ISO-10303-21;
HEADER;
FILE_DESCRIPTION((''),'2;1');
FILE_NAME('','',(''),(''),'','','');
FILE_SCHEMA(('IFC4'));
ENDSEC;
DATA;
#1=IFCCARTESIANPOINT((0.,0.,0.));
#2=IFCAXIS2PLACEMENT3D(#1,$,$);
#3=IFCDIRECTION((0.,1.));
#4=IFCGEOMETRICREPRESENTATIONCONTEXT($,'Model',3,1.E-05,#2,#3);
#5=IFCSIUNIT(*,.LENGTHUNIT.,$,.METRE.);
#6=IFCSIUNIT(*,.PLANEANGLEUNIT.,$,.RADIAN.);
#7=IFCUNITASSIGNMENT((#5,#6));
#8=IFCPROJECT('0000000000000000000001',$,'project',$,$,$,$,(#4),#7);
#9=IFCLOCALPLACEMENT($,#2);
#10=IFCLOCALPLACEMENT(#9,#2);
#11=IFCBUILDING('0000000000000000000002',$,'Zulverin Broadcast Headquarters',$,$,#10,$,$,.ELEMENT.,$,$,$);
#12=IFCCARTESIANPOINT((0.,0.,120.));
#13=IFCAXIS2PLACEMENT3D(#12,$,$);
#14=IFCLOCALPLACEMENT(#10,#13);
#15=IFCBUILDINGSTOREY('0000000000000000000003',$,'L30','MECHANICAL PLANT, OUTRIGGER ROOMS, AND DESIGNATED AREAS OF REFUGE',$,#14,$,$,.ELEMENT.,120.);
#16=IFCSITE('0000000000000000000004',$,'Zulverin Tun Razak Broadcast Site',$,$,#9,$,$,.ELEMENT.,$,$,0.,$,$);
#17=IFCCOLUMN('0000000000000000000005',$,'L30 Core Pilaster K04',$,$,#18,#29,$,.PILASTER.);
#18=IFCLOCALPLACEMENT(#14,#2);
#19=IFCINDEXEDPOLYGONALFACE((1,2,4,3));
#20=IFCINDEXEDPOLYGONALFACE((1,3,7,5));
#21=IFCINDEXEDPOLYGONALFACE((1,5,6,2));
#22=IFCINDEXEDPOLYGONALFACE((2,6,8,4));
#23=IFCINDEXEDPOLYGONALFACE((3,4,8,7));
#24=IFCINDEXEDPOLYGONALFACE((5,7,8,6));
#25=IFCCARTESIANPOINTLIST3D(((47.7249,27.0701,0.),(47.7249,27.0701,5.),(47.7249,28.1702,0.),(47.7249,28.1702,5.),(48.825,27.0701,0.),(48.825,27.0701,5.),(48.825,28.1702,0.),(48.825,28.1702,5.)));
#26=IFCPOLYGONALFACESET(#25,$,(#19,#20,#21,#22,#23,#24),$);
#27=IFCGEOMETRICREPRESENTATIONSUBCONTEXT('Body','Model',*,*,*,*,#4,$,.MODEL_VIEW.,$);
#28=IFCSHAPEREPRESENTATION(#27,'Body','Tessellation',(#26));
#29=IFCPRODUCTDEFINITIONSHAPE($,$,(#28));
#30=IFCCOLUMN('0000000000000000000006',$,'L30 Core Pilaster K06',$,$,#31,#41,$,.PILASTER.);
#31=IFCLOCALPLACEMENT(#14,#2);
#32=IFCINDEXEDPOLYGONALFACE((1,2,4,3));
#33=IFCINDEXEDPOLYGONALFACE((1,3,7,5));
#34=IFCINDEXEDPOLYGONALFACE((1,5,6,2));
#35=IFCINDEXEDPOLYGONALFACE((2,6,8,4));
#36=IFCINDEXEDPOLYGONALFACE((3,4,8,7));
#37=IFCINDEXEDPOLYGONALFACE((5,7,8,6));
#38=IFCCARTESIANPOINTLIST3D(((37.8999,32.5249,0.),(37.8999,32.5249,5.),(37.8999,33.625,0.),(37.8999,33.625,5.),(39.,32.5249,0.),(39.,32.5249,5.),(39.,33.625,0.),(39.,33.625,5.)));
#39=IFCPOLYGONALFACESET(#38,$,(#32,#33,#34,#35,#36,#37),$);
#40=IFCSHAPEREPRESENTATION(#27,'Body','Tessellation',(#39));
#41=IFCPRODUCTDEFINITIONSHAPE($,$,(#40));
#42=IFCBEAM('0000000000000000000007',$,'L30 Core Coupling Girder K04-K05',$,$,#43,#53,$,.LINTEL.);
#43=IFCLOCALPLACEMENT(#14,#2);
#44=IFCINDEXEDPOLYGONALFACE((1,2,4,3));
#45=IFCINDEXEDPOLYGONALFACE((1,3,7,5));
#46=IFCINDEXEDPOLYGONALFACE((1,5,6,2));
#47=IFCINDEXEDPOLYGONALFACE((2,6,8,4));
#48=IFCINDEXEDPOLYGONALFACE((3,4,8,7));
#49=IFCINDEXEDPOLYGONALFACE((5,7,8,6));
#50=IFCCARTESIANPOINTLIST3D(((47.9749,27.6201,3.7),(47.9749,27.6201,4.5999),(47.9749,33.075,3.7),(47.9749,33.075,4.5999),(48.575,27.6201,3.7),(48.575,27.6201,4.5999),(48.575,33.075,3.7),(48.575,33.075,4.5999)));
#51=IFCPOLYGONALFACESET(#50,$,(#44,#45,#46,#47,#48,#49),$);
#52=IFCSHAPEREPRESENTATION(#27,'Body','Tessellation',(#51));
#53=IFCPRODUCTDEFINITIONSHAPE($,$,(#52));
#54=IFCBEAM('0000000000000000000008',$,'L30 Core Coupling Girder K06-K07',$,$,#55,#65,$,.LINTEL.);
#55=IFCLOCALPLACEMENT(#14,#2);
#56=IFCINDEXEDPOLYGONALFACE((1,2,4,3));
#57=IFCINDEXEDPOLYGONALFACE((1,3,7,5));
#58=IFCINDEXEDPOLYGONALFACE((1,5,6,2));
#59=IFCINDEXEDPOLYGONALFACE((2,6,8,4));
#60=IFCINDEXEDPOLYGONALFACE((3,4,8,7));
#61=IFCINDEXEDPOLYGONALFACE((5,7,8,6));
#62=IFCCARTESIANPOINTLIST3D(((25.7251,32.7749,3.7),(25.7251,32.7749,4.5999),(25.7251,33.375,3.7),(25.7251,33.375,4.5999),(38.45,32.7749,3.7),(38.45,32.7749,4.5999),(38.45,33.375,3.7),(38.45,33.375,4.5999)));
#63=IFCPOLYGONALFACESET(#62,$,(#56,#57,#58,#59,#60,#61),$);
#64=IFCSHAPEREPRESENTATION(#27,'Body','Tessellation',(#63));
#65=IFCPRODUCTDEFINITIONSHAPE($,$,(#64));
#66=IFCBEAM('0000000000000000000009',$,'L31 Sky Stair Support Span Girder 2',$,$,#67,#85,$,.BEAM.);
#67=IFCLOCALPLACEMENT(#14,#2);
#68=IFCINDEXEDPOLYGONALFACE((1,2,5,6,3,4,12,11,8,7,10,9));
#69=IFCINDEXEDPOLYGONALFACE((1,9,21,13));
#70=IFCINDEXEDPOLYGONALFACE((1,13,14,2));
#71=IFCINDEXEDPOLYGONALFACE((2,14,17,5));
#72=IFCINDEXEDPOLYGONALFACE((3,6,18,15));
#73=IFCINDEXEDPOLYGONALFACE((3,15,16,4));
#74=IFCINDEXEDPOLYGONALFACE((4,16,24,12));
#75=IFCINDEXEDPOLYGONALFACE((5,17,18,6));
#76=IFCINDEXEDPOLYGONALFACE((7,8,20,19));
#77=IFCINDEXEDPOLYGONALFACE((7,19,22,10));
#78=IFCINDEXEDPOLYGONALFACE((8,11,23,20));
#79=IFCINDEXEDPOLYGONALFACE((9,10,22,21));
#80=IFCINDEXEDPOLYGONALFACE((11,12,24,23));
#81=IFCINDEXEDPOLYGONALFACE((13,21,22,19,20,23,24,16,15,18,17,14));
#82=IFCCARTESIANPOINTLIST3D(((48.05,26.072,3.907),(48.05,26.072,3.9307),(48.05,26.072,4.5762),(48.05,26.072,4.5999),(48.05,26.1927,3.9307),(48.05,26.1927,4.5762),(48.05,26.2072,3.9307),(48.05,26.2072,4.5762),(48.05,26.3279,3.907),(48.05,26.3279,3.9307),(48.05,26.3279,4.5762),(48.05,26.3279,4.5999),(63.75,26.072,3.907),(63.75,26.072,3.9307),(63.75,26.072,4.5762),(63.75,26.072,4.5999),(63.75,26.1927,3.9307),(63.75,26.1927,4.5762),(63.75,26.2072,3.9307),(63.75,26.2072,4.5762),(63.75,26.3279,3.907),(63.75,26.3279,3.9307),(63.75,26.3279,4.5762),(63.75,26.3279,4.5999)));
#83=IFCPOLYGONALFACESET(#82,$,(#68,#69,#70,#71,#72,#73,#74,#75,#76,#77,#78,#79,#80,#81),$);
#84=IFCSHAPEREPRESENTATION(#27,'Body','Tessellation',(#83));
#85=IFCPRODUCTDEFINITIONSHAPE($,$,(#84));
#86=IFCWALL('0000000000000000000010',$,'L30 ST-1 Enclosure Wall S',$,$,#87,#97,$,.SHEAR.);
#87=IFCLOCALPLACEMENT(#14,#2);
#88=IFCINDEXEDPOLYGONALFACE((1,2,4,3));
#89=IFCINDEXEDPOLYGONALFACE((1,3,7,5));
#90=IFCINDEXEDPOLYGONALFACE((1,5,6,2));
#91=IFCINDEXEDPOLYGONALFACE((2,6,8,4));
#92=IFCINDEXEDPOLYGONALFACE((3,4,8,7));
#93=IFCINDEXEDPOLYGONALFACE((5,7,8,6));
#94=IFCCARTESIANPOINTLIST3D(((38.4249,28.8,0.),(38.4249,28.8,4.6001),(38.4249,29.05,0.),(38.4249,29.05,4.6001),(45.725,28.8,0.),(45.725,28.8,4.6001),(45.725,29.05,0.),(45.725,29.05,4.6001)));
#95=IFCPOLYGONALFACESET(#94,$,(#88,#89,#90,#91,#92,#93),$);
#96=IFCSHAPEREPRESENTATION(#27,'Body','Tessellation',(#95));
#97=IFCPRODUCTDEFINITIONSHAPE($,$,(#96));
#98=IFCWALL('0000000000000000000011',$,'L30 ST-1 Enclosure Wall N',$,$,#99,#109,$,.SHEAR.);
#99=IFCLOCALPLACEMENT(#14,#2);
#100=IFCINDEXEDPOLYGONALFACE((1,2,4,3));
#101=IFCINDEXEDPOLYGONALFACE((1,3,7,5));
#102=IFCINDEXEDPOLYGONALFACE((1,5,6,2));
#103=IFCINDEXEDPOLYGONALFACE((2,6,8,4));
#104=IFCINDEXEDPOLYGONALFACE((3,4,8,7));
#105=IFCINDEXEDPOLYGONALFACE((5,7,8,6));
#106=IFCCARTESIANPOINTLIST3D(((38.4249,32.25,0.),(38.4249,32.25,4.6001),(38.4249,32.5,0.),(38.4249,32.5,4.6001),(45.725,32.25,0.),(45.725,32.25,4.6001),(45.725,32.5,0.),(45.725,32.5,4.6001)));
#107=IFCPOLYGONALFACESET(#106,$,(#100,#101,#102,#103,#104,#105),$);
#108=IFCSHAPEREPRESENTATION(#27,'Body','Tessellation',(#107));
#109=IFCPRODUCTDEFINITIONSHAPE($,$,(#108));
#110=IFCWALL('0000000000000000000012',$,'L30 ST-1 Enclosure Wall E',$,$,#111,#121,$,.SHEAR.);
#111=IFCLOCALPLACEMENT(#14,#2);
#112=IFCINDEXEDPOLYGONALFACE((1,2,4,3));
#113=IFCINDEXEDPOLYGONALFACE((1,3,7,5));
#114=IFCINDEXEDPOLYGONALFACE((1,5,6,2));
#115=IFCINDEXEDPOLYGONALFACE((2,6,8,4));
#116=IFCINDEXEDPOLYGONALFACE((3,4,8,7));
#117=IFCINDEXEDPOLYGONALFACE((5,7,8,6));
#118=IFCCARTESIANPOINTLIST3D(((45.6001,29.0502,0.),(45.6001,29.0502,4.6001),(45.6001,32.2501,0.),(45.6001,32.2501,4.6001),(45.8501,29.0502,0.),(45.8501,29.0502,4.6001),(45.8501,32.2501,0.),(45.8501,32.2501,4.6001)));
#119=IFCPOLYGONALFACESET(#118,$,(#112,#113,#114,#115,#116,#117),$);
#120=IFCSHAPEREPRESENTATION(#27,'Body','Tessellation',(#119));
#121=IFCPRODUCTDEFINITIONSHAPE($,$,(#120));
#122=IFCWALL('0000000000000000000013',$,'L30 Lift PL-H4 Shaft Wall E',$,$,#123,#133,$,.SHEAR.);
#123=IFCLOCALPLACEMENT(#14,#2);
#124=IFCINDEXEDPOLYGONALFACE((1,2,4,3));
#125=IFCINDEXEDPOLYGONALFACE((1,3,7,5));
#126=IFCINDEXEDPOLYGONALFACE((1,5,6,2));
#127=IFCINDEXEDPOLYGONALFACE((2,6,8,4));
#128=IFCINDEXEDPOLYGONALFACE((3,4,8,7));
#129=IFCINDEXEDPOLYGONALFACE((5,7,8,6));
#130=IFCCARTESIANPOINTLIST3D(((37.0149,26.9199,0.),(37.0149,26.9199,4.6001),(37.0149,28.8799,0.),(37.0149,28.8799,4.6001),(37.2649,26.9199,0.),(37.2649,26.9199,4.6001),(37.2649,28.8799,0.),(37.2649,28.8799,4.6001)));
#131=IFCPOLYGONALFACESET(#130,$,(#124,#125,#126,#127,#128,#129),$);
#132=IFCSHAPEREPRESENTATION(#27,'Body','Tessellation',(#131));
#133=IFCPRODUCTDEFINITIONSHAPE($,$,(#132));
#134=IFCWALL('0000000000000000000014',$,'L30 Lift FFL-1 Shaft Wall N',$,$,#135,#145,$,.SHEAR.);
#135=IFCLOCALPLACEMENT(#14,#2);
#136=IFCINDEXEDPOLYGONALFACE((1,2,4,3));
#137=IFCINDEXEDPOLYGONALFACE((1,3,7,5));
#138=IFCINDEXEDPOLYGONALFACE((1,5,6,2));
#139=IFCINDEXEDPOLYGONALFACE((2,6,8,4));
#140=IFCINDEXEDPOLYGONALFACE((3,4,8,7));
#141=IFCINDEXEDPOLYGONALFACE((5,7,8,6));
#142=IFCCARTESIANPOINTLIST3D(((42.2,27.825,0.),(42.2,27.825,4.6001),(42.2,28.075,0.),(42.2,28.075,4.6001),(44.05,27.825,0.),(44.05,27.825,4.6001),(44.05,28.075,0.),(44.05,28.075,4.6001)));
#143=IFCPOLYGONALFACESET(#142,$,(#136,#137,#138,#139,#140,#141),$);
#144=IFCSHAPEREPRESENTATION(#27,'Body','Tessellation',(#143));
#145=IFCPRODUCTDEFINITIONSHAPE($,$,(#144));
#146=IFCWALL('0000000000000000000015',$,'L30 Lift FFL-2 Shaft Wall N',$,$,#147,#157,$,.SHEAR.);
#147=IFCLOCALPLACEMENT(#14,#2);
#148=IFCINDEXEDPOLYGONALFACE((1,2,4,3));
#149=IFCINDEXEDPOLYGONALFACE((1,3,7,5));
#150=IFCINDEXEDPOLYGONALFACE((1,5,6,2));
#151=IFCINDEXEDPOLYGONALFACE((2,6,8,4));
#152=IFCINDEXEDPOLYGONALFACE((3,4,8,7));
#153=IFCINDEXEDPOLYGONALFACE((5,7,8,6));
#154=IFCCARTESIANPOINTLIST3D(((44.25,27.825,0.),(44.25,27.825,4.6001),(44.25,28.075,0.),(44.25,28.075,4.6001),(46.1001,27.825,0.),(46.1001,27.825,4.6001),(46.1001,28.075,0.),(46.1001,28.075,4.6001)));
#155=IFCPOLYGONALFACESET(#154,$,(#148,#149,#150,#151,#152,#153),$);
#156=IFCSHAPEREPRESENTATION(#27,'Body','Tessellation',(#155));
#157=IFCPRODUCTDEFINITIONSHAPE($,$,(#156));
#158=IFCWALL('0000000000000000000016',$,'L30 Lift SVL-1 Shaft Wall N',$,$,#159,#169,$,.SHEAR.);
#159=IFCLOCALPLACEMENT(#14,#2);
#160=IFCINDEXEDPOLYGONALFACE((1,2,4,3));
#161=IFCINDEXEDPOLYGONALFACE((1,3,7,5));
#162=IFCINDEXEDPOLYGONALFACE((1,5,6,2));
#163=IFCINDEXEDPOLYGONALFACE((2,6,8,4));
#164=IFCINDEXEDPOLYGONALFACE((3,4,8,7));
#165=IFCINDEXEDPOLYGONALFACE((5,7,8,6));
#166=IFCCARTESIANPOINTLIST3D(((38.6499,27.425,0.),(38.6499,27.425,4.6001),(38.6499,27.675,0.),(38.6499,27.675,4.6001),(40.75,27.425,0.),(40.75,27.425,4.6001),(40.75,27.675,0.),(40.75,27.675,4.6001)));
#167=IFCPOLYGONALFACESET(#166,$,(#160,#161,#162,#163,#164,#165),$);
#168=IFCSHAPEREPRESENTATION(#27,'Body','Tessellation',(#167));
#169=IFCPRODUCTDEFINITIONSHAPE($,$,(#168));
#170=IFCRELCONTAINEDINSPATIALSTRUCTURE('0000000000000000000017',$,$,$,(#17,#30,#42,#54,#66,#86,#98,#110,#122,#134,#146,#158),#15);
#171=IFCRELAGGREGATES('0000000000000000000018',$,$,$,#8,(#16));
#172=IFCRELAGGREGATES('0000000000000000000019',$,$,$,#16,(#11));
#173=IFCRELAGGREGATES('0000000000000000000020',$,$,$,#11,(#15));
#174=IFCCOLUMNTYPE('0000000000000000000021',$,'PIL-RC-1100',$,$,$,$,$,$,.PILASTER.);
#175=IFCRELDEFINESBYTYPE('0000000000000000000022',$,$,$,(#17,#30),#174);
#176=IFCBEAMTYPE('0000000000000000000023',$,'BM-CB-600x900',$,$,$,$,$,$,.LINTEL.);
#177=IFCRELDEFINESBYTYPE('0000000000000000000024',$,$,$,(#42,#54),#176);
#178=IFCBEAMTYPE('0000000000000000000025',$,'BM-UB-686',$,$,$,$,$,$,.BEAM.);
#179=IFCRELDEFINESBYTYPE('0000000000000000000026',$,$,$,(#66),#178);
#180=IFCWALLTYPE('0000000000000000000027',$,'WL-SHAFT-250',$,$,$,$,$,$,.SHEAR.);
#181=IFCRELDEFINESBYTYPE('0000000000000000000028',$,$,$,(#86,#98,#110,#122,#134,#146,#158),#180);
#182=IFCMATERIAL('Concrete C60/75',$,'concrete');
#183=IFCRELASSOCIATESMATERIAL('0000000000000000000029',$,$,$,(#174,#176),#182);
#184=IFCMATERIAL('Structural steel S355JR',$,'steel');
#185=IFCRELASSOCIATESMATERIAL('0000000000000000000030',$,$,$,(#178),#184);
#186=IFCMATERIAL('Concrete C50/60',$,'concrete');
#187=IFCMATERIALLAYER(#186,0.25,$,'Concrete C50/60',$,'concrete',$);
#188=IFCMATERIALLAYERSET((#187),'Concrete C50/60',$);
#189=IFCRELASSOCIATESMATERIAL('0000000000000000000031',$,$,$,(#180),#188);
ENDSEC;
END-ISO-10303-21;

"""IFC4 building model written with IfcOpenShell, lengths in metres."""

from ifc_helpers import new_model, si_unit, direction, frame, frame_2d, origin, origin_2d, place, context, subcontext, project, spatial, rectangle, i_section, extrude, material, layer, layer_set, material_profile, profile_set, type_object, element, save


model = new_model("IFC4")

# Units and contexts
model_context = context("Model", 3, precision=1e-05, world=origin(), true_north=direction((0.0, 1.0)))
body_context = subcontext(model_context, "Body", "Model", "MODEL_VIEW")
ifc_project = project(units=[si_unit("LENGTHUNIT", "METRE"), si_unit("PLANEANGLEUNIT", "RADIAN")], contexts=[model_context])

# Site, building, storey
site_placement = place(None, origin())
site = spatial("IfcSite", under=ifc_project, at=site_placement, Name="Zulverin Tun Razak Broadcast Site", CompositionType="ELEMENT", RefElevation=0.0)
building_placement = place(site_placement, origin())
building = spatial("IfcBuilding", under=site, at=building_placement, Name="Zulverin Broadcast Headquarters", CompositionType="ELEMENT")
storey_placement = place(building_placement, frame((0.0, 0.0, 120.0)))
storey = spatial("IfcBuildingStorey", under=building, at=storey_placement, Name="L30", Description="MECHANICAL PLANT, OUTRIGGER ROOMS, AND DESIGNATED AREAS OF REFUGE", CompositionType="ELEMENT", Elevation=120.0)

# Columns
ifc_material_1 = material(Name="Concrete C60/75", Category="concrete")
ifc_material_profile_1 = material_profile(ifc_material_1, rectangle(XDim=1.1001, YDim=1.1001, at=origin_2d()), Name="Concrete C60/75", Category="concrete")
ifc_profile_set_1 = profile_set([ifc_material_profile_1], Name="Concrete C60/75")
column_type = type_object("IfcColumnType", Name="PIL-RC-1100", PredefinedType="PILASTER", material=ifc_profile_set_1)
for number, where, z_axis, x_axis, name in (
    (1, (48.2749, 27.6201, 0.0), (0.0, 0.0, 1.0), (1.0, 0.0, 0.0), "L30 Core Pilaster K04"),
    (2, (38.45, 33.075, 0.0), (0.0, 0.0, 1.0), (1.0, 0.0, 0.0), "L30 Core Pilaster K06"),
):
    element("IfcColumn", number, at=place(storey_placement, frame(where, z_axis=z_axis, x_axis=x_axis)), inside=storey, type_object=column_type, Name=name, PredefinedType="PILASTER", context=body_context, shape_type="SweptSolid", body=[
        extrude(rectangle(XDim=1.1001, YDim=1.1001, at=origin_2d()), origin(), (0.0, 0.0, 1.0), 5.0),
    ])

# Beams
ifc_material_profile_2 = material_profile(ifc_material_1, rectangle(XDim=0.6001, YDim=0.8999, at=origin_2d()), Name="Concrete C60/75", Category="concrete")
ifc_profile_set_2 = profile_set([ifc_material_profile_2], Name="Concrete C60/75")
beam_type_1 = type_object("IfcBeamType", Name="BM-CB-600x900", PredefinedType="LINTEL", material=ifc_profile_set_2)
beam_1_placement = place(storey_placement, frame((48.2749, 27.6201, 4.1499), z_axis=(0.0, 1.0, 0.0), x_axis=(-1.0, 0.0, 0.0)))
element("IfcBeam", 3, at=beam_1_placement, inside=storey, type_object=beam_type_1, Name="L30 Core Coupling Girder K04-K05", PredefinedType="LINTEL", context=body_context, shape_type="SweptSolid", body=[
    extrude(rectangle(XDim=0.6001, YDim=0.8999, at=origin_2d()), origin(), (0.0, 0.0, 1.0), 5.4548),
])
beam_2_placement = place(storey_placement, frame((38.45, 33.075, 4.1499), z_axis=(-1.0, 0.0, 0.0), x_axis=(0.0, -1.0, 0.0)))
element("IfcBeam", 4, at=beam_2_placement, inside=storey, type_object=beam_type_1, Name="L30 Core Coupling Girder K06-K07", PredefinedType="LINTEL", context=body_context, shape_type="SweptSolid", body=[
    extrude(rectangle(XDim=0.6001, YDim=0.8999, at=origin_2d()), origin(), (0.0, 0.0, 1.0), 12.7249),
])
ifc_material_2 = material(Name="Structural steel S355JR", Category="steel")
ifc_material_profile_3 = material_profile(ifc_material_2, i_section(OverallWidth=0.2559, OverallDepth=0.6929, WebThickness=0.0144, FlangeThickness=0.0237, at=origin_2d()), Name="Structural steel S355JR", Category="steel")
ifc_profile_set_3 = profile_set([ifc_material_profile_3], Name="Structural steel S355JR")
beam_type_2 = type_object("IfcBeamType", Name="BM-UB-686", PredefinedType="BEAM", material=ifc_profile_set_3)
beam_3_placement = place(storey_placement, frame((48.05, 26.2, 4.2534), z_axis=(1.0, 0.0, 0.0), x_axis=(0.0, 1.0, 0.0)))
element("IfcBeam", 5, at=beam_3_placement, inside=storey, type_object=beam_type_2, Name="L31 Sky Stair Support Span Girder 2", PredefinedType="BEAM", context=body_context, shape_type="SweptSolid", body=[
    extrude(i_section(OverallWidth=0.2559, OverallDepth=0.6929, WebThickness=0.0144, FlangeThickness=0.0237, at=origin_2d()), origin(), (0.0, 0.0, 1.0), 15.7),
])

# Walls
ifc_material_3 = material(Name="Concrete C50/60", Category="concrete")
ifc_layer = layer(ifc_material_3, 0.25, Name="Concrete C50/60", Category="concrete")
ifc_layer_set = layer_set([ifc_layer], Name="Concrete C50/60")
wall_type = type_object("IfcWallType", Name="WL-SHAFT-250", PredefinedType="SHEAR", material=ifc_layer_set)
for number, where, z_axis, x_axis, name in (
    (6, (38.425, 28.925, 0.0), (0.0, 0.0, 1.0), (1.0, 0.0, 0.0), "L30 ST-1 Enclosure Wall S"),
    (7, (38.425, 32.375, 0.0), (0.0, 0.0, 1.0), (1.0, 0.0, 0.0), "L30 ST-1 Enclosure Wall N"),
):
    element("IfcWall", number, at=place(storey_placement, frame(where, z_axis=z_axis, x_axis=x_axis)), inside=storey, type_object=wall_type, Name=name, PredefinedType="SHEAR", context=body_context, shape_type="SweptSolid", body=[
        extrude(rectangle(XDim=7.3, YDim=0.25, at=frame_2d((3.6499, 0.0))), origin(), (0.0, 0.0, 1.0), 4.6001),
    ])

# Walls
wall_1_placement = place(storey_placement, frame((45.7251, 29.05, 0.0), z_axis=(0.0, 0.0, 1.0), x_axis=(0.0, 1.0, 0.0)))
element("IfcWall", 8, at=wall_1_placement, inside=storey, type_object=wall_type, Name="L30 ST-1 Enclosure Wall E", PredefinedType="SHEAR", context=body_context, shape_type="SweptSolid", body=[
    extrude(rectangle(XDim=3.2, YDim=0.25, at=frame_2d((1.6001, 0.0))), origin(), (0.0, 0.0, 1.0), 4.6001),
])
wall_2_placement = place(storey_placement, frame((37.1399, 26.9199, 0.0), z_axis=(0.0, 0.0, 1.0), x_axis=(0.0, 1.0, 0.0)))
element("IfcWall", 9, at=wall_2_placement, inside=storey, type_object=wall_type, Name="L30 Lift PL-H4 Shaft Wall E", PredefinedType="SHEAR", context=body_context, shape_type="SweptSolid", body=[
    extrude(rectangle(XDim=1.96, YDim=0.25, at=frame_2d((0.98, 0.0))), origin(), (0.0, 0.0, 1.0), 4.6001),
])
for number, where, z_axis, x_axis, name in (
    (10, (42.2, 27.95, 0.0), (0.0, 0.0, 1.0), (1.0, 0.0, 0.0), "L30 Lift FFL-1 Shaft Wall N"),
    (11, (44.25, 27.95, 0.0), (0.0, 0.0, 1.0), (1.0, 0.0, 0.0), "L30 Lift FFL-2 Shaft Wall N"),
):
    element("IfcWall", number, at=place(storey_placement, frame(where, z_axis=z_axis, x_axis=x_axis)), inside=storey, type_object=wall_type, Name=name, PredefinedType="SHEAR", context=body_context, shape_type="SweptSolid", body=[
        extrude(rectangle(XDim=1.8501, YDim=0.25, at=frame_2d((0.925, 0.0))), origin(), (0.0, 0.0, 1.0), 4.6001),
    ])
wall_3_placement = place(storey_placement, frame((38.6499, 27.55, 0.0), z_axis=(0.0, 0.0, 1.0), x_axis=(1.0, 0.0, 0.0)))
element("IfcWall", 12, at=wall_3_placement, inside=storey, type_object=wall_type, Name="L30 Lift SVL-1 Shaft Wall N", PredefinedType="SHEAR", context=body_context, shape_type="SweptSolid", body=[
    extrude(rectangle(XDim=2.1001, YDim=0.25, at=frame_2d((1.05, 0.0))), origin(), (0.0, 0.0, 1.0), 4.6001),
])

save(model, "model.ifc")
